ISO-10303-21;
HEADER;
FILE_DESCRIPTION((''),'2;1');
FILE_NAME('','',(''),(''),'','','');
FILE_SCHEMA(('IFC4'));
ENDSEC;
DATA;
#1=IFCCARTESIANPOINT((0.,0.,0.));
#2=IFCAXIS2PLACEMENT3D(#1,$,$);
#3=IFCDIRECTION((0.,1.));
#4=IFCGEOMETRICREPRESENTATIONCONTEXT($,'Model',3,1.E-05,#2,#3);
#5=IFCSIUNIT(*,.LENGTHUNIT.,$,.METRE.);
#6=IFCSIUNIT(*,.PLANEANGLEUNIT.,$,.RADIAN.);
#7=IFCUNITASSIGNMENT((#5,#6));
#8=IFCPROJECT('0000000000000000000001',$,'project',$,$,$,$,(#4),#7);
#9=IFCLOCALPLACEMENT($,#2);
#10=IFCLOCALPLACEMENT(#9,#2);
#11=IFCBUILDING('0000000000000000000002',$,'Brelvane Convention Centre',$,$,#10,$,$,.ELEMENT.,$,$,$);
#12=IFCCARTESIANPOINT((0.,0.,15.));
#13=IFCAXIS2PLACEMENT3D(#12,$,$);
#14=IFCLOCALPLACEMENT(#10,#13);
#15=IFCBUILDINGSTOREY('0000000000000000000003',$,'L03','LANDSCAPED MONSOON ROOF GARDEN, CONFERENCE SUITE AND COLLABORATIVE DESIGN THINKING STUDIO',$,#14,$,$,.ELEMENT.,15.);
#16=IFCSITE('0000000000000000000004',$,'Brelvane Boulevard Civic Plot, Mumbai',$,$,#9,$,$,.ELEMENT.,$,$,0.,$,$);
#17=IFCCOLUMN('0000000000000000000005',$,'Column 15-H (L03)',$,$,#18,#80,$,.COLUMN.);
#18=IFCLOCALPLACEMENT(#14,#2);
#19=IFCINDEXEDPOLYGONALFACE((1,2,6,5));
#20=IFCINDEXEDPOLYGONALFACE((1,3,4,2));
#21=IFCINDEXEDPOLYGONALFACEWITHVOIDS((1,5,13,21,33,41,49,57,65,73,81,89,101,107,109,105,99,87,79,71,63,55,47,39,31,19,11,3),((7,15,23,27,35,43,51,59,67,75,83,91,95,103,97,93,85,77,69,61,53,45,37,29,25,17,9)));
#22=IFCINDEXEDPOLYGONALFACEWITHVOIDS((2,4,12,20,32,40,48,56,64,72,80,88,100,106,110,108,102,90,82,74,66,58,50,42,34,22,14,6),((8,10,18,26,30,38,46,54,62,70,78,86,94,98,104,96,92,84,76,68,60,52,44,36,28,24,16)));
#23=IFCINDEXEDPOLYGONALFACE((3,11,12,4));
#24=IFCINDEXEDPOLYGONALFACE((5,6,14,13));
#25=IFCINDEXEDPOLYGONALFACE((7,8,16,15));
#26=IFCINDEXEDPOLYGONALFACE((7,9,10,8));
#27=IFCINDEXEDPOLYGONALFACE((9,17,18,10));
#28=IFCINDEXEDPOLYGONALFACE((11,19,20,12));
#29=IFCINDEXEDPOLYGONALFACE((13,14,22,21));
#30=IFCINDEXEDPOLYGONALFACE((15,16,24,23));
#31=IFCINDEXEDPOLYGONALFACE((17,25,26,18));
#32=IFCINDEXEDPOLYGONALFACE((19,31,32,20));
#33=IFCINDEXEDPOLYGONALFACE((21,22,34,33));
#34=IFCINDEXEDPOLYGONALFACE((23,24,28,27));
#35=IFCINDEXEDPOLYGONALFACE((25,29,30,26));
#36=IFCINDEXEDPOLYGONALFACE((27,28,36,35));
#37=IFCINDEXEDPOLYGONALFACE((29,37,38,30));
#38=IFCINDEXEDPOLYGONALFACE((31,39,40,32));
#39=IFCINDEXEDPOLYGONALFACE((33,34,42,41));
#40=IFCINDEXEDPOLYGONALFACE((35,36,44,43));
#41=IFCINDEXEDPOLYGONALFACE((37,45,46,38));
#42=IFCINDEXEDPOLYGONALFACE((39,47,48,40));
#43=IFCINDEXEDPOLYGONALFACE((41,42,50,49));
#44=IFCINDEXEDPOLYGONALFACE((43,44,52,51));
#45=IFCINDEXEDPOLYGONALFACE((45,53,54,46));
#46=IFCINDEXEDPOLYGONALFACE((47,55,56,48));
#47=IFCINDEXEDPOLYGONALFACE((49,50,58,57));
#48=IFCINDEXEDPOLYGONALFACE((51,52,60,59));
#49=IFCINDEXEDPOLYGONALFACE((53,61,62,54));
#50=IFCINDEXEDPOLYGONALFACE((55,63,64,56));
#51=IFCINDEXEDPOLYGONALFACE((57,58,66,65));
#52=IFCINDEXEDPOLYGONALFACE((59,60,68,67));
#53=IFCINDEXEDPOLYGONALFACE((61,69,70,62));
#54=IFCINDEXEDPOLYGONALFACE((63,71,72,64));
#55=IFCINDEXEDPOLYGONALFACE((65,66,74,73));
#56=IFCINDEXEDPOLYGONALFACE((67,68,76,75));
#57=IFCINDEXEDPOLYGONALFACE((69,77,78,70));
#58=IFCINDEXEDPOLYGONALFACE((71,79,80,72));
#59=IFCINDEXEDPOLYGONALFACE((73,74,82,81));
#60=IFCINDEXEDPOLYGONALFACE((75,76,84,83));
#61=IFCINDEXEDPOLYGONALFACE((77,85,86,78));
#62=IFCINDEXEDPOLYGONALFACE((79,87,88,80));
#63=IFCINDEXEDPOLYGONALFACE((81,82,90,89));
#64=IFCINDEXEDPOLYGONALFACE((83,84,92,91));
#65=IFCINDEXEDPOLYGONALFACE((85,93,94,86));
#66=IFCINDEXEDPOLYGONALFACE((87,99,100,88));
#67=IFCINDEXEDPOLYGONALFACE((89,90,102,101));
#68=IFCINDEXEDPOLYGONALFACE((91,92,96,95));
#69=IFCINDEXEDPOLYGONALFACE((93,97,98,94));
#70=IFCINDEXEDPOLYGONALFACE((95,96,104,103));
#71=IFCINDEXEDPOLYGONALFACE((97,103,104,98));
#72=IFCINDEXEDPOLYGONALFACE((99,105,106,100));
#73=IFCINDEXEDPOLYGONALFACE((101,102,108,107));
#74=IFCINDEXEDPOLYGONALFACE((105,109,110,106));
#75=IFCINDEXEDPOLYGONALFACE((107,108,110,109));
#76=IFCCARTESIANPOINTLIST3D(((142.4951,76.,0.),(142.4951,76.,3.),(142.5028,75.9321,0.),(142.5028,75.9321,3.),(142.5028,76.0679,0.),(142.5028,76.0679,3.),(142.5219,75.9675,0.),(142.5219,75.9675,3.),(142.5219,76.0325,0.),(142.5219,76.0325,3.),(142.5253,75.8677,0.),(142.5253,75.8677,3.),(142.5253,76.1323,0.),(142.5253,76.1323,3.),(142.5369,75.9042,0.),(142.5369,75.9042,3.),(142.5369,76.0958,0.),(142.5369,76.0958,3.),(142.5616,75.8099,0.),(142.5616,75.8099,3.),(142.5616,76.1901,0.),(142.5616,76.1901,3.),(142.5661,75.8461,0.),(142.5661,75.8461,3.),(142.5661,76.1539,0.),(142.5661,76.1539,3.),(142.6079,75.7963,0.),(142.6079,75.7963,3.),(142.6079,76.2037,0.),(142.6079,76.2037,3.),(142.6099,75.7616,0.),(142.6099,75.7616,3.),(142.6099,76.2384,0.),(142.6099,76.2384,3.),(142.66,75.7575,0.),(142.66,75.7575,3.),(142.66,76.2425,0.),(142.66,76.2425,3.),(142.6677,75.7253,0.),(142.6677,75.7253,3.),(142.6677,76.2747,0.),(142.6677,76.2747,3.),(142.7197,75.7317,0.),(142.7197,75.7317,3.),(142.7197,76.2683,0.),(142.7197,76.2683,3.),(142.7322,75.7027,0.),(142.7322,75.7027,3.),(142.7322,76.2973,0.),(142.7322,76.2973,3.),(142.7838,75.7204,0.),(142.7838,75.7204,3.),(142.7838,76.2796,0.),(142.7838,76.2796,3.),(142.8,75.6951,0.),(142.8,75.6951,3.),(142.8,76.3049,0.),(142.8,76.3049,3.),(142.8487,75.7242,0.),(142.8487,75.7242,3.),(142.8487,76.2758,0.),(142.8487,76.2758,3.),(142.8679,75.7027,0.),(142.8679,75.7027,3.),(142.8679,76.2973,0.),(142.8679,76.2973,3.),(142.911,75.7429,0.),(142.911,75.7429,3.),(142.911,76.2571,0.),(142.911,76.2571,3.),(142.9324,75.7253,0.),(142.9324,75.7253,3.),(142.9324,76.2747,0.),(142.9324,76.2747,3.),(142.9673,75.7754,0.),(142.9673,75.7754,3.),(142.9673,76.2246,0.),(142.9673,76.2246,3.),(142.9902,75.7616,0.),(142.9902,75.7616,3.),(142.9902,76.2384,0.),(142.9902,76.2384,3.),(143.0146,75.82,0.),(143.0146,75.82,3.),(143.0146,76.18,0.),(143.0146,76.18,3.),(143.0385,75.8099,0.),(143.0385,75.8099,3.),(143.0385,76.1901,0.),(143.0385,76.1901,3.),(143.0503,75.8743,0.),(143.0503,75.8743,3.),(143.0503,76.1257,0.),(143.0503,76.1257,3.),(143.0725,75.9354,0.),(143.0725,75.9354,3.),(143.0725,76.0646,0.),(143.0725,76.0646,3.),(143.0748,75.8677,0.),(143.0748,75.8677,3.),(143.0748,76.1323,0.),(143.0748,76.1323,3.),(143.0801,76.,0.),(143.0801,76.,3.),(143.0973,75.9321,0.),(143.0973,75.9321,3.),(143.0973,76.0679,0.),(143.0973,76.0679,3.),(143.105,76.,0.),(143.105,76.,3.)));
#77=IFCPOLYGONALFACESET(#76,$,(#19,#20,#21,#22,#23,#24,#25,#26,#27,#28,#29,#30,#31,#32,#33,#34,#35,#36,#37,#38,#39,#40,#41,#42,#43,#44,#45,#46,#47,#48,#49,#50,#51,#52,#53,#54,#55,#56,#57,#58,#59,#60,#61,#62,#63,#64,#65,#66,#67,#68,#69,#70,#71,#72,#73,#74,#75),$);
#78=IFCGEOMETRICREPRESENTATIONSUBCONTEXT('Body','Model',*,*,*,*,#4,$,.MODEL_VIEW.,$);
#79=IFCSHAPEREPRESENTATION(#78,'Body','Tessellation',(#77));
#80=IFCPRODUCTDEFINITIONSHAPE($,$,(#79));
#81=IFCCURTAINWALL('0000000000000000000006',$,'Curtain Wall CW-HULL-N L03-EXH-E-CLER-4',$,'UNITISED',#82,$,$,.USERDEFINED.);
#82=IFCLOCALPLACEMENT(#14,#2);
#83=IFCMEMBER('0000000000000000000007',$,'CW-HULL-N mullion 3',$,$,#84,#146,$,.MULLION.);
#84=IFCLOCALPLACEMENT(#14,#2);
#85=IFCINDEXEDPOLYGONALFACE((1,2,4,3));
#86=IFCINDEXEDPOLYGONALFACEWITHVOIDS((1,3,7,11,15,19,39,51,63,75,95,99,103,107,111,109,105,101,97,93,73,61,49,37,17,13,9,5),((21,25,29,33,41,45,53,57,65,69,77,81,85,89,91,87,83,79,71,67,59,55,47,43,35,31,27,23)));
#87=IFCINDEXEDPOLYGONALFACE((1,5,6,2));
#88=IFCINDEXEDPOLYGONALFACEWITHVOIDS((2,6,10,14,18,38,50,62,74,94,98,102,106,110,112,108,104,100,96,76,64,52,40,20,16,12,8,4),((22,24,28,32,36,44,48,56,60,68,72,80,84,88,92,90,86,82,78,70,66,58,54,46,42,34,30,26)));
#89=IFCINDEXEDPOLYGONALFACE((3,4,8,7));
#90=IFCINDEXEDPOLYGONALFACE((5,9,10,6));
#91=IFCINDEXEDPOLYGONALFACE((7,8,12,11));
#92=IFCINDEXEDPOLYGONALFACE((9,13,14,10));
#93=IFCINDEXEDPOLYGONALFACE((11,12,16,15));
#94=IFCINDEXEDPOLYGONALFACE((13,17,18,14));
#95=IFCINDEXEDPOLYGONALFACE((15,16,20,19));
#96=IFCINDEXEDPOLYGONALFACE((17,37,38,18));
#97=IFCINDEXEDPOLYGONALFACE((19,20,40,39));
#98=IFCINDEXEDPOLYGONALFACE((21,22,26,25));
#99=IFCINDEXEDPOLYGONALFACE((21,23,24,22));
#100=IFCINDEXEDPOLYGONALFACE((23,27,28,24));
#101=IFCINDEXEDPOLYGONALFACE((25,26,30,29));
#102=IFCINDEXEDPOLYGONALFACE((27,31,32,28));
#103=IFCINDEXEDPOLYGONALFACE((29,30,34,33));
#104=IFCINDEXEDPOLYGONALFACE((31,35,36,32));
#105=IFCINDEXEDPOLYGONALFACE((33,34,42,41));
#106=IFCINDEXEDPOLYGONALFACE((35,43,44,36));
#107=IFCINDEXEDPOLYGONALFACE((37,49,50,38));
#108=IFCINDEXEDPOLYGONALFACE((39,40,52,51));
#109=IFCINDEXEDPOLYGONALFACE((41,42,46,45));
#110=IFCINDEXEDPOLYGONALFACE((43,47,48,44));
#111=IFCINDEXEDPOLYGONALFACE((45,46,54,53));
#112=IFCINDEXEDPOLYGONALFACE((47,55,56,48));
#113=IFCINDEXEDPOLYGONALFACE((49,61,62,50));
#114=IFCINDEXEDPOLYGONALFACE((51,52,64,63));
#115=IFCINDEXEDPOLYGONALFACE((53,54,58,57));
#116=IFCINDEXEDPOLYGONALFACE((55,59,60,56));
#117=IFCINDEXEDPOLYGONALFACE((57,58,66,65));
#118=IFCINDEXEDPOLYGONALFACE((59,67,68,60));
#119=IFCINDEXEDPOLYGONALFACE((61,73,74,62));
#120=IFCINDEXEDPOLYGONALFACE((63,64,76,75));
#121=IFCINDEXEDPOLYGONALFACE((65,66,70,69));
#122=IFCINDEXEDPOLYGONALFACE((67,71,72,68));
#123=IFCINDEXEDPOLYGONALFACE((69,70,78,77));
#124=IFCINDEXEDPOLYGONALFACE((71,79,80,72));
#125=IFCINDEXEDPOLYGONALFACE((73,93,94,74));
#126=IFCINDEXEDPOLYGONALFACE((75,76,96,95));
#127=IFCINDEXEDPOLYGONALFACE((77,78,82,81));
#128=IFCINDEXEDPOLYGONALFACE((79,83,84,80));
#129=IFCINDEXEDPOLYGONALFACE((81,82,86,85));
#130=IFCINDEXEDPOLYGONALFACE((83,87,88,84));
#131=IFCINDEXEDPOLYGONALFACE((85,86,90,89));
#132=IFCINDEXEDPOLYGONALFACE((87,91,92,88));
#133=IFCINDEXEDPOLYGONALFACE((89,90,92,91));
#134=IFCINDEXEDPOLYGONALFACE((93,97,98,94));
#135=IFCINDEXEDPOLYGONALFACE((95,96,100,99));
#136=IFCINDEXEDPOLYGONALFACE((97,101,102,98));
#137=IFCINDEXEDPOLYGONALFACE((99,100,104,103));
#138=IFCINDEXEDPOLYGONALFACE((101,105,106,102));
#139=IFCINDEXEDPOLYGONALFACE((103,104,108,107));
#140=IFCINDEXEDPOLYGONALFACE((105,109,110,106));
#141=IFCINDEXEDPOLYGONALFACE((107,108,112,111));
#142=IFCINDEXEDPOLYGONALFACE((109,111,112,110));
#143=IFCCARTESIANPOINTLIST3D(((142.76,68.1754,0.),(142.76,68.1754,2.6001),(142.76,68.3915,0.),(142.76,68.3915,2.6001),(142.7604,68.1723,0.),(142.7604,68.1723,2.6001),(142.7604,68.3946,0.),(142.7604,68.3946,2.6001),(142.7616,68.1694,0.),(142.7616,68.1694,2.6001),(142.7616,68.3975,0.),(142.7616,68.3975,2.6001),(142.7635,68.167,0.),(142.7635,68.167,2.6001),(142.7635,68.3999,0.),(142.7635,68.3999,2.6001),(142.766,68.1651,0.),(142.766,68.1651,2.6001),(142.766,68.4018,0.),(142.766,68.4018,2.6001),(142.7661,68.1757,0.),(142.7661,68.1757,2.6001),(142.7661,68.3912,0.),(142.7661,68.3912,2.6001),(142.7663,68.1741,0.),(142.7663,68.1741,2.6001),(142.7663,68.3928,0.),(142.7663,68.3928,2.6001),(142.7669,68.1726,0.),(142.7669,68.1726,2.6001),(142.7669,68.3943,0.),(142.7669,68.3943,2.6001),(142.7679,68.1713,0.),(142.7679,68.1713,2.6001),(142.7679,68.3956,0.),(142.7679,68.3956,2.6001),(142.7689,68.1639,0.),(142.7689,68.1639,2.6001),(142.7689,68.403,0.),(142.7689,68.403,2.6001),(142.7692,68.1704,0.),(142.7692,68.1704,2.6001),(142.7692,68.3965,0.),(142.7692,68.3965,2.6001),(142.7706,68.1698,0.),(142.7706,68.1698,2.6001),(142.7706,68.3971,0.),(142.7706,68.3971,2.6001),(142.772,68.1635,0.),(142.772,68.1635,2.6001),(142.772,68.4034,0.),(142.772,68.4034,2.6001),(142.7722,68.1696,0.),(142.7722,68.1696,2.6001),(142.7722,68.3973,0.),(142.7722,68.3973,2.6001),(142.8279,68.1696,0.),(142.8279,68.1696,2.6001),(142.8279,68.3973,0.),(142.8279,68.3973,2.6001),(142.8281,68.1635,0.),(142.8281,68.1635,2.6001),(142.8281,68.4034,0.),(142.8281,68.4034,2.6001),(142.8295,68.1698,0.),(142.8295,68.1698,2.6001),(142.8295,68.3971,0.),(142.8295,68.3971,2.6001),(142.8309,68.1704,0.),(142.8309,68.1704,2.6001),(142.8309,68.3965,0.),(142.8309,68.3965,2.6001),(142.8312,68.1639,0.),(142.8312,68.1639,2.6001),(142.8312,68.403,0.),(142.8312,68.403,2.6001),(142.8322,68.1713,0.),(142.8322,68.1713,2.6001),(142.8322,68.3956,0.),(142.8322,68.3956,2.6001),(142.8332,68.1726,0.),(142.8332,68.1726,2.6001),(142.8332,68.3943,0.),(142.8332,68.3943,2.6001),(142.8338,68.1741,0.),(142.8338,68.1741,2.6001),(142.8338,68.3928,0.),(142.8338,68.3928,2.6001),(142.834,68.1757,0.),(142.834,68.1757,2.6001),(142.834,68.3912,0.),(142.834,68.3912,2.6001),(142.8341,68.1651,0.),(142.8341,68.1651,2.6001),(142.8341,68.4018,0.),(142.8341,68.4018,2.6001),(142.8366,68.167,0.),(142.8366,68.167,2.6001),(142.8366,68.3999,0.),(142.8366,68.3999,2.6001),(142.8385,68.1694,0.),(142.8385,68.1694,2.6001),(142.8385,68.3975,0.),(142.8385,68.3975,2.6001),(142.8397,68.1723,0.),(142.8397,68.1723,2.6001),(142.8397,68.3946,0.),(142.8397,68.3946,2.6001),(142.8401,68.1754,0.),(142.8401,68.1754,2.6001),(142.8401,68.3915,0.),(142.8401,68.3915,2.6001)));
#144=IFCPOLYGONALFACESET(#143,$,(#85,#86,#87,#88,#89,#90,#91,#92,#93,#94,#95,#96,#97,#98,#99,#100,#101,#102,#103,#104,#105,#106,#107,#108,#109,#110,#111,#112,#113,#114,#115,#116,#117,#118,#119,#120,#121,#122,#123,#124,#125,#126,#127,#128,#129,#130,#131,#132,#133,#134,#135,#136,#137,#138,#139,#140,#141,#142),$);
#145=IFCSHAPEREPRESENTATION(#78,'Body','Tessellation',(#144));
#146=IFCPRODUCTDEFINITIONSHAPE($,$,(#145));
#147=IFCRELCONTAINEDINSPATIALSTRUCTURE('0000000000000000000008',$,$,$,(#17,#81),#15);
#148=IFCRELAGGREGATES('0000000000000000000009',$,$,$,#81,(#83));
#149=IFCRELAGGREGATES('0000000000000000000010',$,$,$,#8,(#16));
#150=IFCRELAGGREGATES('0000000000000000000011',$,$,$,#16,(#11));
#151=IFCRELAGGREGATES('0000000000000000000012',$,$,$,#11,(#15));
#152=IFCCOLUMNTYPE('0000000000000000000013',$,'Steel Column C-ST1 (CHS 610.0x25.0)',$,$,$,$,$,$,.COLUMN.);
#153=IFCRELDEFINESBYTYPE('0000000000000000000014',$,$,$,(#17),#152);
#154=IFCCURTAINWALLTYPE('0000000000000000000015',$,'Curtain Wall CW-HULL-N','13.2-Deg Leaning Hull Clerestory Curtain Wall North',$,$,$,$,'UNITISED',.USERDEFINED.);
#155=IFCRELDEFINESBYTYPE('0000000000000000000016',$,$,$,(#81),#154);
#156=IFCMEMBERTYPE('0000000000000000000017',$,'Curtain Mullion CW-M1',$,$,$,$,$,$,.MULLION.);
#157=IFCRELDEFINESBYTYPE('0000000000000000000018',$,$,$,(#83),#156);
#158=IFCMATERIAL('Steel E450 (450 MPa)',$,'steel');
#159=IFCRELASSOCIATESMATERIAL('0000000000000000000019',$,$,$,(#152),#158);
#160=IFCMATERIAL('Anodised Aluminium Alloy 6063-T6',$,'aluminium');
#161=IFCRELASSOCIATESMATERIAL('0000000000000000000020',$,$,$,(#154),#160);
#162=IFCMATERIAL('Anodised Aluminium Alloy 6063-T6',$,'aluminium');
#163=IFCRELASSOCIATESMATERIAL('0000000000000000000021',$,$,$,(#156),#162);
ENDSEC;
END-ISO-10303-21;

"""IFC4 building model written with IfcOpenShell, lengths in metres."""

from ifc_helpers import new_model, si_unit, direction, frame, origin, origin_2d, place, context, subcontext, project, spatial, hollow_rectangle, hollow_circle, extrude, material, material_profile, profile_set, type_object, element, aggregate, save


model = new_model("IFC4")

# Units and contexts
model_context = context("Model", 3, precision=1e-05, world=origin(), true_north=direction((0.0, 1.0)))
body_context = subcontext(model_context, "Body", "Model", "MODEL_VIEW")
ifc_project = project(units=[si_unit("LENGTHUNIT", "METRE"), si_unit("PLANEANGLEUNIT", "RADIAN")], contexts=[model_context])

# Site, building, storey
site_placement = place(None, origin())
site = spatial("IfcSite", under=ifc_project, at=site_placement, Name="Brelvane Boulevard Civic Plot, Mumbai", CompositionType="ELEMENT", RefElevation=0.0)
building_placement = place(site_placement, origin())
building = spatial("IfcBuilding", under=site, at=building_placement, Name="Brelvane Convention Centre", CompositionType="ELEMENT")
storey_placement = place(building_placement, frame((0.0, 0.0, 15.0)))
storey = spatial("IfcBuildingStorey", under=building, at=storey_placement, Name="L03", Description="LANDSCAPED MONSOON ROOF GARDEN, CONFERENCE SUITE AND COLLABORATIVE DESIGN THINKING STUDIO", CompositionType="ELEMENT", Elevation=15.0)

# Column
ifc_material_1 = material(Name="Steel E450 (450 MPa)", Category="steel")
ifc_material_profile_1 = material_profile(ifc_material_1, hollow_circle(Radius=0.3049, WallThickness=0.0249, at=origin_2d()), Name="CHS 610.0x25.0")
ifc_profile_set_1 = profile_set([ifc_material_profile_1], Name="Steel E450 (450 MPa)")
column_type = type_object("IfcColumnType", Name="Steel Column C-ST1 (CHS 610.0x25.0)", PredefinedType="COLUMN", material=ifc_profile_set_1)
column_placement = place(storey_placement, frame((142.8, 76.0, 0.0), z_axis=(0.0, 0.0, 1.0), x_axis=(1.0, 0.0, 0.0)))
element("IfcColumn", 1, at=column_placement, inside=storey, type_object=column_type, Name="Column 15-H (L03)", PredefinedType="COLUMN", context=body_context, shape_type="SweptSolid", body=[
    extrude(hollow_circle(Radius=0.3049, WallThickness=0.0249, at=origin_2d()), origin(), (0.0, 0.0, 1.0), 3.0),
])

# Curtain wall, member
ifc_material_2 = material(Name="Anodised Aluminium Alloy 6063-T6", Category="aluminium")
curtain_wall_type = type_object("IfcCurtainWallType", Name="Curtain Wall CW-HULL-N", Description="13.2-Deg Leaning Hull Clerestory Curtain Wall North", ElementType="UNITISED", PredefinedType="USERDEFINED", material=ifc_material_2)
curtain_wall_placement = place(storey_placement, origin())
curtain_wall = element("IfcCurtainWall", 2, at=curtain_wall_placement, inside=storey, type_object=curtain_wall_type, Name="Curtain Wall CW-HULL-N L03-EXH-E-CLER-4", ObjectType="UNITISED", PredefinedType="USERDEFINED")
ifc_material_3 = material(Name="Anodised Aluminium Alloy 6063-T6", Category="aluminium")
ifc_material_profile_2 = material_profile(ifc_material_3, hollow_rectangle(XDim=0.0801, YDim=0.24, WallThickness=0.0061, InnerFilletRadius=0.0061, OuterFilletRadius=0.012, at=origin_2d()), Name="ALU-M 240x80x6.0")
ifc_profile_set_2 = profile_set([ifc_material_profile_2], Name="Anodised Aluminium Alloy 6063-T6")
member_type_1 = type_object("IfcMemberType", Name="Curtain Mullion CW-M1", PredefinedType="MULLION", material=ifc_profile_set_2)
member_1_placement = place(storey_placement, frame((142.8, 68.2834, 0.0), z_axis=(0.0, 0.0, 1.0), x_axis=(-1.0, 0.0, 0.0)))
member_1 = element("IfcMember", 3, at=member_1_placement, type_object=member_type_1, Name="CW-HULL-N mullion 3", PredefinedType="MULLION", context=body_context, shape_type="SweptSolid", body=[
    extrude(hollow_rectangle(XDim=0.0801, YDim=0.24, WallThickness=0.0061, InnerFilletRadius=0.0061, OuterFilletRadius=0.012, at=origin_2d()), origin(), (0.0, 0.0, 1.0), 2.6001),
])

aggregate(curtain_wall, [member_1])

save(model, "model.ifc")
